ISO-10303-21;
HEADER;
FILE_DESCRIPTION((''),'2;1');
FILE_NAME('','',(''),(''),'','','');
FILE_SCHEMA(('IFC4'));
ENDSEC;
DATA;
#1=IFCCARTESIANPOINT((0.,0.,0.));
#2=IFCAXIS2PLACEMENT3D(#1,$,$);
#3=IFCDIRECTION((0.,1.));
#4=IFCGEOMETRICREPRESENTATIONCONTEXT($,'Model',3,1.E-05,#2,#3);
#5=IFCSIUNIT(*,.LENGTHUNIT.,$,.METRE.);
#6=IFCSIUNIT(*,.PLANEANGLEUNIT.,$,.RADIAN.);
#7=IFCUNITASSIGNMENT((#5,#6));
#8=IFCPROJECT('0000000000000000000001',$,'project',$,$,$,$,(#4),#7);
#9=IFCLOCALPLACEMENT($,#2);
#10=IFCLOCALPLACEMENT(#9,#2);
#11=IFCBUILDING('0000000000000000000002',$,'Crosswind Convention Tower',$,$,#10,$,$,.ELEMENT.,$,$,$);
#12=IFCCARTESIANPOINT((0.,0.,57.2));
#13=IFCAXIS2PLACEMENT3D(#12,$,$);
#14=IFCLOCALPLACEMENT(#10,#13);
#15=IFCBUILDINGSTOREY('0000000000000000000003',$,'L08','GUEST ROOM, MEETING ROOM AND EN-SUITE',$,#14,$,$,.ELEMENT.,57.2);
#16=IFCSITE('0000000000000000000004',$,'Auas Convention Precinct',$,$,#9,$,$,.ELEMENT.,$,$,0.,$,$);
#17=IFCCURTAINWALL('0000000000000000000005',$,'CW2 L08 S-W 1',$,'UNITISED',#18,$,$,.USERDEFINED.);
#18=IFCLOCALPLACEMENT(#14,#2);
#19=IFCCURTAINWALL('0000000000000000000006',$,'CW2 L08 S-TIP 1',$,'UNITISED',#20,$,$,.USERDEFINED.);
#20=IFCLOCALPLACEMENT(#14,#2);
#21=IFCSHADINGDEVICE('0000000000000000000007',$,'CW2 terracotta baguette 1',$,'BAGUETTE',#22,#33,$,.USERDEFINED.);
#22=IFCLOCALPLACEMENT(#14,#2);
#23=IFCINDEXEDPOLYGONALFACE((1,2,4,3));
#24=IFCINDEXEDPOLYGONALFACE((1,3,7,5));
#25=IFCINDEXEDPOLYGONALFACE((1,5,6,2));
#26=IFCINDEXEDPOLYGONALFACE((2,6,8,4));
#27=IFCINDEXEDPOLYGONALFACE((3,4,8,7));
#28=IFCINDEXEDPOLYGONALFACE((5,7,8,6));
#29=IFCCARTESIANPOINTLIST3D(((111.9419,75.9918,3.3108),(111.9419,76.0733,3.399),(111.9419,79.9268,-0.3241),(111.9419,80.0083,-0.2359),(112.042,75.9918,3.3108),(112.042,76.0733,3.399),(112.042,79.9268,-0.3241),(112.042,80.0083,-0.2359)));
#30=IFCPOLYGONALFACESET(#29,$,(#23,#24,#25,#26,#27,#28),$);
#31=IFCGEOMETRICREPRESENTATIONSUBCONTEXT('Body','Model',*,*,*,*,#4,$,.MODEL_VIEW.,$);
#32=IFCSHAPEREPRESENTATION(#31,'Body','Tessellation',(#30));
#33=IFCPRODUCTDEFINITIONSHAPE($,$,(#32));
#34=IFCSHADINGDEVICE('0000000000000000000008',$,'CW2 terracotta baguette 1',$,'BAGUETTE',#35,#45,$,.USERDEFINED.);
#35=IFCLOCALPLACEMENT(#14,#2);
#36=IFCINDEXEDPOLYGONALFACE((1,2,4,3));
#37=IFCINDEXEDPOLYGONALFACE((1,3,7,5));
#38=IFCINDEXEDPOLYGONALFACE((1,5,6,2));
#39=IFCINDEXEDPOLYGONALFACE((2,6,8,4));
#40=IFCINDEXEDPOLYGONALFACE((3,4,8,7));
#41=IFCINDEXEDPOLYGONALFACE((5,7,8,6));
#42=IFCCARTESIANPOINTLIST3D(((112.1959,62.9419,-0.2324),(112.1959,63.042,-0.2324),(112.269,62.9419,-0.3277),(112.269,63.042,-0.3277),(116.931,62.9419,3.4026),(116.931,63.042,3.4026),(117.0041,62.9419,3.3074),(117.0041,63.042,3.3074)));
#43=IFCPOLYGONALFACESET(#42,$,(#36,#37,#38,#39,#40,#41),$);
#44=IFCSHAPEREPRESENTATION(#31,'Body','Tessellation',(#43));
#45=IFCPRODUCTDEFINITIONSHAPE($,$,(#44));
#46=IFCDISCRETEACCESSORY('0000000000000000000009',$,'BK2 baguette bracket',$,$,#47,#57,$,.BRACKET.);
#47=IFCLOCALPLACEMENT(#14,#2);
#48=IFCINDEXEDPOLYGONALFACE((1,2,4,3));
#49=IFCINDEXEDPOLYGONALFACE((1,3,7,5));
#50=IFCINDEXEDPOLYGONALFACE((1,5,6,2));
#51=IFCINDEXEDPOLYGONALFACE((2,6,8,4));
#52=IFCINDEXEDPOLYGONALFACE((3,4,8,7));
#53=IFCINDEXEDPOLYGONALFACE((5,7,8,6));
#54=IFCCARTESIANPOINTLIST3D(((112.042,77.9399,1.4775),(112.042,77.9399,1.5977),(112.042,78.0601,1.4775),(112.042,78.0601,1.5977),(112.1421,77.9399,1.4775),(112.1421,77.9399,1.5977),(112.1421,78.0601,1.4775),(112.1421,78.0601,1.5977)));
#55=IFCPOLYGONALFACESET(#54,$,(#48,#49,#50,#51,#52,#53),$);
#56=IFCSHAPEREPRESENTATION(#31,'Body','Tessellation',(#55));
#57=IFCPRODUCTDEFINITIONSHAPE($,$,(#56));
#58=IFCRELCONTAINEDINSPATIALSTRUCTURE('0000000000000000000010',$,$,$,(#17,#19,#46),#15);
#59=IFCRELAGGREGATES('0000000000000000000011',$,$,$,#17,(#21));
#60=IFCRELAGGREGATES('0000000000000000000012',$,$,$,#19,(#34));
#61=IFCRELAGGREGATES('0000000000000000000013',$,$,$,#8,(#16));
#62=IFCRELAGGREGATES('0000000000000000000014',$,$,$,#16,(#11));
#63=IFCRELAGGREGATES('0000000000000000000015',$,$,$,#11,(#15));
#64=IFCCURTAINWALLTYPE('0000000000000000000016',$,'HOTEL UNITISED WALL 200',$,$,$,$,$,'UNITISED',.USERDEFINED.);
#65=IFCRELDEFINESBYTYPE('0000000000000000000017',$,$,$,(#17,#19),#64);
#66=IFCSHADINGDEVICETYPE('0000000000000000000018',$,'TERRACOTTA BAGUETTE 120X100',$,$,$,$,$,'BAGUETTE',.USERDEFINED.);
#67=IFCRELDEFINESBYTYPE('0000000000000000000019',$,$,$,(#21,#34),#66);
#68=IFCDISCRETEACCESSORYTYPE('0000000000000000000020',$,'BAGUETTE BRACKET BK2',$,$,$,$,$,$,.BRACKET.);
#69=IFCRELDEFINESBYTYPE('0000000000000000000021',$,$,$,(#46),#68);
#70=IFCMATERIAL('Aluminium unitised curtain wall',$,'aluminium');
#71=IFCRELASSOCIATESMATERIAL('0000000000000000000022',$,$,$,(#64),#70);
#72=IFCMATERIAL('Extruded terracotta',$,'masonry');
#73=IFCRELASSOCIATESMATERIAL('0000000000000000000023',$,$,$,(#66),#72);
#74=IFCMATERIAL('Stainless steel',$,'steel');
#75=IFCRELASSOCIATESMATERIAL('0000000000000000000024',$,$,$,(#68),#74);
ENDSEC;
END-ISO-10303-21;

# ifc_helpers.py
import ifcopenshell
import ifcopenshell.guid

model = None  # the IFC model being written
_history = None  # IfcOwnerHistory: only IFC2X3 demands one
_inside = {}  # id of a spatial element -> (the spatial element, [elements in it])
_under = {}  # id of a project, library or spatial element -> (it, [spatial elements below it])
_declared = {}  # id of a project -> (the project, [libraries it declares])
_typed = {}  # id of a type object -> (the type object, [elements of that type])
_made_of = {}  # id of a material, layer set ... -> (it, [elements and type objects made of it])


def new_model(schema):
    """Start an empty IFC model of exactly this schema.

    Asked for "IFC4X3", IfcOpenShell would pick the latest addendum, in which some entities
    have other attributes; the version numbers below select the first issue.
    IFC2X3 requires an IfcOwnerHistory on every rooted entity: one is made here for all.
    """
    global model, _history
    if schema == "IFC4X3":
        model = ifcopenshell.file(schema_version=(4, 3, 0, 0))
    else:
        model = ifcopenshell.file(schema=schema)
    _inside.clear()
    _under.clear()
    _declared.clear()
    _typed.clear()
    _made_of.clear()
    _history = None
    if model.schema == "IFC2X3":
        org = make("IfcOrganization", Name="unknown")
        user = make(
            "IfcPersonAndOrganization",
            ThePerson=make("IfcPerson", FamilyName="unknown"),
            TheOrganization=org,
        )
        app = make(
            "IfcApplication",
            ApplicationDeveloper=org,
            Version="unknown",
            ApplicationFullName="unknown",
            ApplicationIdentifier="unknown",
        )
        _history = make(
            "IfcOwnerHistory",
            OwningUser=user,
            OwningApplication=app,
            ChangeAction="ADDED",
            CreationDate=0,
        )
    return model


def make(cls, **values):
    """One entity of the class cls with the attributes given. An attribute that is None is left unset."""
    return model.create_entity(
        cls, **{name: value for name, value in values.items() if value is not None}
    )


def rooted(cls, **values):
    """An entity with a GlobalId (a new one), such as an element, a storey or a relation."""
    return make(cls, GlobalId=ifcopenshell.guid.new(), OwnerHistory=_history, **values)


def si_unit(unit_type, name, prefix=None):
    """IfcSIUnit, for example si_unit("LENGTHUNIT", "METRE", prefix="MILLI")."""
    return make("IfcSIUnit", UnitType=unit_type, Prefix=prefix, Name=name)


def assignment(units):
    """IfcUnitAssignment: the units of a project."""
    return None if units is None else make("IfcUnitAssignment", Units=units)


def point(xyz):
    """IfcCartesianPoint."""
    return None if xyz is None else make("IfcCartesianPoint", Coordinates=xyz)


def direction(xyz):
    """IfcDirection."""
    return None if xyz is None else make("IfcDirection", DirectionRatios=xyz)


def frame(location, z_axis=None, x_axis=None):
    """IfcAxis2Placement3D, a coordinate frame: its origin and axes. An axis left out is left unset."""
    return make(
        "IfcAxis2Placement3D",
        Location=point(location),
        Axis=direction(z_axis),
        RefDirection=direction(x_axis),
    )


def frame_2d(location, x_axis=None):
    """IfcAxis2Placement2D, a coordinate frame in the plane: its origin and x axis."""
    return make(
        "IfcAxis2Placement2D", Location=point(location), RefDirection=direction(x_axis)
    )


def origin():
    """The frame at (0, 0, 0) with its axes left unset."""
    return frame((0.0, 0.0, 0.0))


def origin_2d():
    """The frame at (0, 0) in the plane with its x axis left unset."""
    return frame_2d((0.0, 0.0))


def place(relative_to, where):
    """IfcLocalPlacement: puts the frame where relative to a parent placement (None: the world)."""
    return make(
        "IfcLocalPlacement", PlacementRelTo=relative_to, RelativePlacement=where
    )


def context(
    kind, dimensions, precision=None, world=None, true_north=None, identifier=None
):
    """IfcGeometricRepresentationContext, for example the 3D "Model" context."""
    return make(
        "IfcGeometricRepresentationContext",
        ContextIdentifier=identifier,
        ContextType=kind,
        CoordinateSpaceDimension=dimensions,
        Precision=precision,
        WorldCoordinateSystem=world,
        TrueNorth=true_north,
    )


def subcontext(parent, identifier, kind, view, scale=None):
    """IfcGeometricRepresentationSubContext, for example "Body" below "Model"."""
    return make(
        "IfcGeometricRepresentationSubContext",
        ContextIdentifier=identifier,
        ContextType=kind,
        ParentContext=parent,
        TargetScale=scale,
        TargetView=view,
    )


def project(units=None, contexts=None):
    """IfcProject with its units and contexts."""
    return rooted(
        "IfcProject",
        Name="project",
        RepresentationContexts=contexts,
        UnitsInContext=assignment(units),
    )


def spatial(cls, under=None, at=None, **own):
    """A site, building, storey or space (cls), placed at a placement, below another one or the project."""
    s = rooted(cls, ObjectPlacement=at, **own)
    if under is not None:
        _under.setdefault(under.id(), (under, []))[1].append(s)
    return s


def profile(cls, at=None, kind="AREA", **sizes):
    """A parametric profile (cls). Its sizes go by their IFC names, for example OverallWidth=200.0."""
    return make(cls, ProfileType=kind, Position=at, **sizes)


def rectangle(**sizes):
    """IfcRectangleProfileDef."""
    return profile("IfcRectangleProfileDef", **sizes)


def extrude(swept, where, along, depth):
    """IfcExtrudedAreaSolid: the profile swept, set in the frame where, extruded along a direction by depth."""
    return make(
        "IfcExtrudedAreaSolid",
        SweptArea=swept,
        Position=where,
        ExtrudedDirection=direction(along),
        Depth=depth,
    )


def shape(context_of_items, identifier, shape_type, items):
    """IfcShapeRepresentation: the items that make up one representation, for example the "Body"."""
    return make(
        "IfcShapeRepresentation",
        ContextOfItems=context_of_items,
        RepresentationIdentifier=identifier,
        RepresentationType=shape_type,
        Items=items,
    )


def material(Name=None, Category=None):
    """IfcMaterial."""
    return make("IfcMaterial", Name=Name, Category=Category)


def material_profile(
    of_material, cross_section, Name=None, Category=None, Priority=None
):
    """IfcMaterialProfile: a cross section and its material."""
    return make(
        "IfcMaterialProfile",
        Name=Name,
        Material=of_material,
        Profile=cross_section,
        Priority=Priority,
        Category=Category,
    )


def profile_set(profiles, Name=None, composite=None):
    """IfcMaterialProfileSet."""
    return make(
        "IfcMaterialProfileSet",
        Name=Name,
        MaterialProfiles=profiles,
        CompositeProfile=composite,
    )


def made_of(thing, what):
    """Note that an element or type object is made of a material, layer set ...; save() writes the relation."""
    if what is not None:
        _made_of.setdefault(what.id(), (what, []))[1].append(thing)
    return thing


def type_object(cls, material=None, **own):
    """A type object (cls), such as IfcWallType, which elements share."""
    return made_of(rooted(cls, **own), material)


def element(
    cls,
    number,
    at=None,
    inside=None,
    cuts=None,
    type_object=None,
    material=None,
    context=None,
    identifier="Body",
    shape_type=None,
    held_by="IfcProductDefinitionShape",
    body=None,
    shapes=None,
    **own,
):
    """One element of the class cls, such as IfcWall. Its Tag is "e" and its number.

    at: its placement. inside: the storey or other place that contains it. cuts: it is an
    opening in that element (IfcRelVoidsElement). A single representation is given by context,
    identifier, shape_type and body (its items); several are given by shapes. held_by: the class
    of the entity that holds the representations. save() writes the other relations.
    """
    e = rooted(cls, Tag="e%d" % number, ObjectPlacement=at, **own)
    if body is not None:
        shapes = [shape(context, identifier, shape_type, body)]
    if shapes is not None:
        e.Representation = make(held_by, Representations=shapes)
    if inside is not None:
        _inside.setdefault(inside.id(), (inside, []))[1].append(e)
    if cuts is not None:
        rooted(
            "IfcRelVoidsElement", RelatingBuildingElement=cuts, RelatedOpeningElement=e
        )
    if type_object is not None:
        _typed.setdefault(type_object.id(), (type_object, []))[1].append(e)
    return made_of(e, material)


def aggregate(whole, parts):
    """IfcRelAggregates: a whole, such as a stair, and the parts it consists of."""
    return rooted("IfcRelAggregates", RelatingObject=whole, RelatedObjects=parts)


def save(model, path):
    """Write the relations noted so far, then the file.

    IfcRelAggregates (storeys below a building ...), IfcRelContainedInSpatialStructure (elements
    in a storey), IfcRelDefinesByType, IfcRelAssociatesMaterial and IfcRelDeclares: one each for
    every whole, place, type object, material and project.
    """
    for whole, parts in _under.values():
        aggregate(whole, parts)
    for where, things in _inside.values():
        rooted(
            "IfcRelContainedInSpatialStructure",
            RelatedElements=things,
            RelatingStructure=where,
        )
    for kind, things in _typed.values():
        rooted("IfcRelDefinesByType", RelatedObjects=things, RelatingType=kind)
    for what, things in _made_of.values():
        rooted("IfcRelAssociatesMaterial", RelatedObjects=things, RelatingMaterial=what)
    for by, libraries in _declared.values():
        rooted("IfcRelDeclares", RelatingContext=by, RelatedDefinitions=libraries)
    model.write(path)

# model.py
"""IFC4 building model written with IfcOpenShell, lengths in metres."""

from ifc_helpers import new_model, si_unit, direction, frame, origin, origin_2d, place, context, subcontext, project, spatial, rectangle, extrude, material, material_profile, profile_set, type_object, element, aggregate, save


model = new_model("IFC4")

# Units and contexts
model_context = context("Model", 3, precision=1e-05, world=origin(), true_north=direction((0.0, 1.0)))
body_context = subcontext(model_context, "Body", "Model", "MODEL_VIEW")
ifc_project = project(units=[si_unit("LENGTHUNIT", "METRE"), si_unit("PLANEANGLEUNIT", "RADIAN")], contexts=[model_context])

# Site, building, storey
site_placement = place(None, origin())
site = spatial("IfcSite", under=ifc_project, at=site_placement, Name="Auas Convention Precinct", CompositionType="ELEMENT", RefElevation=0.0)
building_placement = place(site_placement, origin())
building = spatial("IfcBuilding", under=site, at=building_placement, Name="Crosswind Convention Tower", CompositionType="ELEMENT")
storey_placement = place(building_placement, frame((0.0, 0.0, 57.2)))
storey = spatial("IfcBuildingStorey", under=building, at=storey_placement, Name="L08", Description="GUEST ROOM, MEETING ROOM AND EN-SUITE", CompositionType="ELEMENT", Elevation=57.2)

# Curtain wall
ifc_material_1 = material(Name="Aluminium unitised curtain wall", Category="aluminium")
curtain_wall_type = type_object("IfcCurtainWallType", Name="HOTEL UNITISED WALL 200", ElementType="UNITISED", PredefinedType="USERDEFINED", material=ifc_material_1)
curtain_wall_1_placement = place(storey_placement, origin())
curtain_wall_1 = element("IfcCurtainWall", 1, at=curtain_wall_1_placement, inside=storey, type_object=curtain_wall_type, Name="CW2 L08 S-W 1", ObjectType="UNITISED", PredefinedType="USERDEFINED")

# Curtain wall
curtain_wall_2_placement = place(storey_placement, origin())
curtain_wall_2 = element("IfcCurtainWall", 2, at=curtain_wall_2_placement, inside=storey, type_object=curtain_wall_type, Name="CW2 L08 S-TIP 1", ObjectType="UNITISED", PredefinedType="USERDEFINED")

# Shading devices
ifc_material_2 = material(Name="Extruded terracotta", Category="masonry")
ifc_material_profile_1 = material_profile(ifc_material_2, rectangle(XDim=0.1001, YDim=0.1201, at=origin_2d()), Name="TC 100X120")
ifc_profile_set_1 = profile_set([ifc_material_profile_1], Name="Extruded terracotta")
shading_device_type = type_object("IfcShadingDeviceType", Name="TERRACOTTA BAGUETTE 120X100", ElementType="BAGUETTE", PredefinedType="USERDEFINED", material=ifc_profile_set_1)
shading_device_1_placement = place(storey_placement, frame((111.9919, 79.9675, -0.28), z_axis=(0.0, -0.734557, 0.678547), x_axis=(1.0, 0.0, 0.0)))
shading_device_1 = element("IfcShadingDevice", 3, at=shading_device_1_placement, type_object=shading_device_type, Name="CW2 terracotta baguette 1", ObjectType="BAGUETTE", PredefinedType="USERDEFINED", context=body_context, shape_type="SweptSolid", body=[
    extrude(rectangle(XDim=0.1001, YDim=0.1201, at=origin_2d()), origin(), (0.0, 0.0, 1.0), 5.3569),
])
aggregate(curtain_wall_1, [shading_device_1])
shading_device_2_placement = place(storey_placement, frame((112.2324, 62.9919, -0.28), z_axis=(0.793221, 0.0, 0.608934), x_axis=(0.0, 1.0, 0.0)))
shading_device_2 = element("IfcShadingDevice", 4, at=shading_device_2_placement, type_object=shading_device_type, Name="CW2 terracotta baguette 1", ObjectType="BAGUETTE", PredefinedType="USERDEFINED", context=body_context, shape_type="SweptSolid", body=[
    extrude(rectangle(XDim=0.1001, YDim=0.1201, at=origin_2d()), origin(), (0.0, 0.0, 1.0), 5.9695),
])
aggregate(curtain_wall_2, [shading_device_2])

# Discrete accessory
ifc_material_3 = material(Name="Stainless steel", Category="steel")
discrete_accessory_type = type_object("IfcDiscreteAccessoryType", Name="BAGUETTE BRACKET BK2", PredefinedType="BRACKET", material=ifc_material_3)
discrete_accessory_placement = place(storey_placement, frame((112.092, 78.0, 1.4775), z_axis=(0.0, 0.0, 1.0), x_axis=(0.0, -1.0, 0.0)))
element("IfcDiscreteAccessory", 5, at=discrete_accessory_placement, inside=storey, type_object=discrete_accessory_type, Name="BK2 baguette bracket", PredefinedType="BRACKET", context=body_context, shape_type="SweptSolid", body=[
    extrude(rectangle(XDim=0.1201, YDim=0.1001, at=origin_2d()), origin(), (0.0, 0.0, 1.0), 0.1201),
])

save(model, "model.ifc")
